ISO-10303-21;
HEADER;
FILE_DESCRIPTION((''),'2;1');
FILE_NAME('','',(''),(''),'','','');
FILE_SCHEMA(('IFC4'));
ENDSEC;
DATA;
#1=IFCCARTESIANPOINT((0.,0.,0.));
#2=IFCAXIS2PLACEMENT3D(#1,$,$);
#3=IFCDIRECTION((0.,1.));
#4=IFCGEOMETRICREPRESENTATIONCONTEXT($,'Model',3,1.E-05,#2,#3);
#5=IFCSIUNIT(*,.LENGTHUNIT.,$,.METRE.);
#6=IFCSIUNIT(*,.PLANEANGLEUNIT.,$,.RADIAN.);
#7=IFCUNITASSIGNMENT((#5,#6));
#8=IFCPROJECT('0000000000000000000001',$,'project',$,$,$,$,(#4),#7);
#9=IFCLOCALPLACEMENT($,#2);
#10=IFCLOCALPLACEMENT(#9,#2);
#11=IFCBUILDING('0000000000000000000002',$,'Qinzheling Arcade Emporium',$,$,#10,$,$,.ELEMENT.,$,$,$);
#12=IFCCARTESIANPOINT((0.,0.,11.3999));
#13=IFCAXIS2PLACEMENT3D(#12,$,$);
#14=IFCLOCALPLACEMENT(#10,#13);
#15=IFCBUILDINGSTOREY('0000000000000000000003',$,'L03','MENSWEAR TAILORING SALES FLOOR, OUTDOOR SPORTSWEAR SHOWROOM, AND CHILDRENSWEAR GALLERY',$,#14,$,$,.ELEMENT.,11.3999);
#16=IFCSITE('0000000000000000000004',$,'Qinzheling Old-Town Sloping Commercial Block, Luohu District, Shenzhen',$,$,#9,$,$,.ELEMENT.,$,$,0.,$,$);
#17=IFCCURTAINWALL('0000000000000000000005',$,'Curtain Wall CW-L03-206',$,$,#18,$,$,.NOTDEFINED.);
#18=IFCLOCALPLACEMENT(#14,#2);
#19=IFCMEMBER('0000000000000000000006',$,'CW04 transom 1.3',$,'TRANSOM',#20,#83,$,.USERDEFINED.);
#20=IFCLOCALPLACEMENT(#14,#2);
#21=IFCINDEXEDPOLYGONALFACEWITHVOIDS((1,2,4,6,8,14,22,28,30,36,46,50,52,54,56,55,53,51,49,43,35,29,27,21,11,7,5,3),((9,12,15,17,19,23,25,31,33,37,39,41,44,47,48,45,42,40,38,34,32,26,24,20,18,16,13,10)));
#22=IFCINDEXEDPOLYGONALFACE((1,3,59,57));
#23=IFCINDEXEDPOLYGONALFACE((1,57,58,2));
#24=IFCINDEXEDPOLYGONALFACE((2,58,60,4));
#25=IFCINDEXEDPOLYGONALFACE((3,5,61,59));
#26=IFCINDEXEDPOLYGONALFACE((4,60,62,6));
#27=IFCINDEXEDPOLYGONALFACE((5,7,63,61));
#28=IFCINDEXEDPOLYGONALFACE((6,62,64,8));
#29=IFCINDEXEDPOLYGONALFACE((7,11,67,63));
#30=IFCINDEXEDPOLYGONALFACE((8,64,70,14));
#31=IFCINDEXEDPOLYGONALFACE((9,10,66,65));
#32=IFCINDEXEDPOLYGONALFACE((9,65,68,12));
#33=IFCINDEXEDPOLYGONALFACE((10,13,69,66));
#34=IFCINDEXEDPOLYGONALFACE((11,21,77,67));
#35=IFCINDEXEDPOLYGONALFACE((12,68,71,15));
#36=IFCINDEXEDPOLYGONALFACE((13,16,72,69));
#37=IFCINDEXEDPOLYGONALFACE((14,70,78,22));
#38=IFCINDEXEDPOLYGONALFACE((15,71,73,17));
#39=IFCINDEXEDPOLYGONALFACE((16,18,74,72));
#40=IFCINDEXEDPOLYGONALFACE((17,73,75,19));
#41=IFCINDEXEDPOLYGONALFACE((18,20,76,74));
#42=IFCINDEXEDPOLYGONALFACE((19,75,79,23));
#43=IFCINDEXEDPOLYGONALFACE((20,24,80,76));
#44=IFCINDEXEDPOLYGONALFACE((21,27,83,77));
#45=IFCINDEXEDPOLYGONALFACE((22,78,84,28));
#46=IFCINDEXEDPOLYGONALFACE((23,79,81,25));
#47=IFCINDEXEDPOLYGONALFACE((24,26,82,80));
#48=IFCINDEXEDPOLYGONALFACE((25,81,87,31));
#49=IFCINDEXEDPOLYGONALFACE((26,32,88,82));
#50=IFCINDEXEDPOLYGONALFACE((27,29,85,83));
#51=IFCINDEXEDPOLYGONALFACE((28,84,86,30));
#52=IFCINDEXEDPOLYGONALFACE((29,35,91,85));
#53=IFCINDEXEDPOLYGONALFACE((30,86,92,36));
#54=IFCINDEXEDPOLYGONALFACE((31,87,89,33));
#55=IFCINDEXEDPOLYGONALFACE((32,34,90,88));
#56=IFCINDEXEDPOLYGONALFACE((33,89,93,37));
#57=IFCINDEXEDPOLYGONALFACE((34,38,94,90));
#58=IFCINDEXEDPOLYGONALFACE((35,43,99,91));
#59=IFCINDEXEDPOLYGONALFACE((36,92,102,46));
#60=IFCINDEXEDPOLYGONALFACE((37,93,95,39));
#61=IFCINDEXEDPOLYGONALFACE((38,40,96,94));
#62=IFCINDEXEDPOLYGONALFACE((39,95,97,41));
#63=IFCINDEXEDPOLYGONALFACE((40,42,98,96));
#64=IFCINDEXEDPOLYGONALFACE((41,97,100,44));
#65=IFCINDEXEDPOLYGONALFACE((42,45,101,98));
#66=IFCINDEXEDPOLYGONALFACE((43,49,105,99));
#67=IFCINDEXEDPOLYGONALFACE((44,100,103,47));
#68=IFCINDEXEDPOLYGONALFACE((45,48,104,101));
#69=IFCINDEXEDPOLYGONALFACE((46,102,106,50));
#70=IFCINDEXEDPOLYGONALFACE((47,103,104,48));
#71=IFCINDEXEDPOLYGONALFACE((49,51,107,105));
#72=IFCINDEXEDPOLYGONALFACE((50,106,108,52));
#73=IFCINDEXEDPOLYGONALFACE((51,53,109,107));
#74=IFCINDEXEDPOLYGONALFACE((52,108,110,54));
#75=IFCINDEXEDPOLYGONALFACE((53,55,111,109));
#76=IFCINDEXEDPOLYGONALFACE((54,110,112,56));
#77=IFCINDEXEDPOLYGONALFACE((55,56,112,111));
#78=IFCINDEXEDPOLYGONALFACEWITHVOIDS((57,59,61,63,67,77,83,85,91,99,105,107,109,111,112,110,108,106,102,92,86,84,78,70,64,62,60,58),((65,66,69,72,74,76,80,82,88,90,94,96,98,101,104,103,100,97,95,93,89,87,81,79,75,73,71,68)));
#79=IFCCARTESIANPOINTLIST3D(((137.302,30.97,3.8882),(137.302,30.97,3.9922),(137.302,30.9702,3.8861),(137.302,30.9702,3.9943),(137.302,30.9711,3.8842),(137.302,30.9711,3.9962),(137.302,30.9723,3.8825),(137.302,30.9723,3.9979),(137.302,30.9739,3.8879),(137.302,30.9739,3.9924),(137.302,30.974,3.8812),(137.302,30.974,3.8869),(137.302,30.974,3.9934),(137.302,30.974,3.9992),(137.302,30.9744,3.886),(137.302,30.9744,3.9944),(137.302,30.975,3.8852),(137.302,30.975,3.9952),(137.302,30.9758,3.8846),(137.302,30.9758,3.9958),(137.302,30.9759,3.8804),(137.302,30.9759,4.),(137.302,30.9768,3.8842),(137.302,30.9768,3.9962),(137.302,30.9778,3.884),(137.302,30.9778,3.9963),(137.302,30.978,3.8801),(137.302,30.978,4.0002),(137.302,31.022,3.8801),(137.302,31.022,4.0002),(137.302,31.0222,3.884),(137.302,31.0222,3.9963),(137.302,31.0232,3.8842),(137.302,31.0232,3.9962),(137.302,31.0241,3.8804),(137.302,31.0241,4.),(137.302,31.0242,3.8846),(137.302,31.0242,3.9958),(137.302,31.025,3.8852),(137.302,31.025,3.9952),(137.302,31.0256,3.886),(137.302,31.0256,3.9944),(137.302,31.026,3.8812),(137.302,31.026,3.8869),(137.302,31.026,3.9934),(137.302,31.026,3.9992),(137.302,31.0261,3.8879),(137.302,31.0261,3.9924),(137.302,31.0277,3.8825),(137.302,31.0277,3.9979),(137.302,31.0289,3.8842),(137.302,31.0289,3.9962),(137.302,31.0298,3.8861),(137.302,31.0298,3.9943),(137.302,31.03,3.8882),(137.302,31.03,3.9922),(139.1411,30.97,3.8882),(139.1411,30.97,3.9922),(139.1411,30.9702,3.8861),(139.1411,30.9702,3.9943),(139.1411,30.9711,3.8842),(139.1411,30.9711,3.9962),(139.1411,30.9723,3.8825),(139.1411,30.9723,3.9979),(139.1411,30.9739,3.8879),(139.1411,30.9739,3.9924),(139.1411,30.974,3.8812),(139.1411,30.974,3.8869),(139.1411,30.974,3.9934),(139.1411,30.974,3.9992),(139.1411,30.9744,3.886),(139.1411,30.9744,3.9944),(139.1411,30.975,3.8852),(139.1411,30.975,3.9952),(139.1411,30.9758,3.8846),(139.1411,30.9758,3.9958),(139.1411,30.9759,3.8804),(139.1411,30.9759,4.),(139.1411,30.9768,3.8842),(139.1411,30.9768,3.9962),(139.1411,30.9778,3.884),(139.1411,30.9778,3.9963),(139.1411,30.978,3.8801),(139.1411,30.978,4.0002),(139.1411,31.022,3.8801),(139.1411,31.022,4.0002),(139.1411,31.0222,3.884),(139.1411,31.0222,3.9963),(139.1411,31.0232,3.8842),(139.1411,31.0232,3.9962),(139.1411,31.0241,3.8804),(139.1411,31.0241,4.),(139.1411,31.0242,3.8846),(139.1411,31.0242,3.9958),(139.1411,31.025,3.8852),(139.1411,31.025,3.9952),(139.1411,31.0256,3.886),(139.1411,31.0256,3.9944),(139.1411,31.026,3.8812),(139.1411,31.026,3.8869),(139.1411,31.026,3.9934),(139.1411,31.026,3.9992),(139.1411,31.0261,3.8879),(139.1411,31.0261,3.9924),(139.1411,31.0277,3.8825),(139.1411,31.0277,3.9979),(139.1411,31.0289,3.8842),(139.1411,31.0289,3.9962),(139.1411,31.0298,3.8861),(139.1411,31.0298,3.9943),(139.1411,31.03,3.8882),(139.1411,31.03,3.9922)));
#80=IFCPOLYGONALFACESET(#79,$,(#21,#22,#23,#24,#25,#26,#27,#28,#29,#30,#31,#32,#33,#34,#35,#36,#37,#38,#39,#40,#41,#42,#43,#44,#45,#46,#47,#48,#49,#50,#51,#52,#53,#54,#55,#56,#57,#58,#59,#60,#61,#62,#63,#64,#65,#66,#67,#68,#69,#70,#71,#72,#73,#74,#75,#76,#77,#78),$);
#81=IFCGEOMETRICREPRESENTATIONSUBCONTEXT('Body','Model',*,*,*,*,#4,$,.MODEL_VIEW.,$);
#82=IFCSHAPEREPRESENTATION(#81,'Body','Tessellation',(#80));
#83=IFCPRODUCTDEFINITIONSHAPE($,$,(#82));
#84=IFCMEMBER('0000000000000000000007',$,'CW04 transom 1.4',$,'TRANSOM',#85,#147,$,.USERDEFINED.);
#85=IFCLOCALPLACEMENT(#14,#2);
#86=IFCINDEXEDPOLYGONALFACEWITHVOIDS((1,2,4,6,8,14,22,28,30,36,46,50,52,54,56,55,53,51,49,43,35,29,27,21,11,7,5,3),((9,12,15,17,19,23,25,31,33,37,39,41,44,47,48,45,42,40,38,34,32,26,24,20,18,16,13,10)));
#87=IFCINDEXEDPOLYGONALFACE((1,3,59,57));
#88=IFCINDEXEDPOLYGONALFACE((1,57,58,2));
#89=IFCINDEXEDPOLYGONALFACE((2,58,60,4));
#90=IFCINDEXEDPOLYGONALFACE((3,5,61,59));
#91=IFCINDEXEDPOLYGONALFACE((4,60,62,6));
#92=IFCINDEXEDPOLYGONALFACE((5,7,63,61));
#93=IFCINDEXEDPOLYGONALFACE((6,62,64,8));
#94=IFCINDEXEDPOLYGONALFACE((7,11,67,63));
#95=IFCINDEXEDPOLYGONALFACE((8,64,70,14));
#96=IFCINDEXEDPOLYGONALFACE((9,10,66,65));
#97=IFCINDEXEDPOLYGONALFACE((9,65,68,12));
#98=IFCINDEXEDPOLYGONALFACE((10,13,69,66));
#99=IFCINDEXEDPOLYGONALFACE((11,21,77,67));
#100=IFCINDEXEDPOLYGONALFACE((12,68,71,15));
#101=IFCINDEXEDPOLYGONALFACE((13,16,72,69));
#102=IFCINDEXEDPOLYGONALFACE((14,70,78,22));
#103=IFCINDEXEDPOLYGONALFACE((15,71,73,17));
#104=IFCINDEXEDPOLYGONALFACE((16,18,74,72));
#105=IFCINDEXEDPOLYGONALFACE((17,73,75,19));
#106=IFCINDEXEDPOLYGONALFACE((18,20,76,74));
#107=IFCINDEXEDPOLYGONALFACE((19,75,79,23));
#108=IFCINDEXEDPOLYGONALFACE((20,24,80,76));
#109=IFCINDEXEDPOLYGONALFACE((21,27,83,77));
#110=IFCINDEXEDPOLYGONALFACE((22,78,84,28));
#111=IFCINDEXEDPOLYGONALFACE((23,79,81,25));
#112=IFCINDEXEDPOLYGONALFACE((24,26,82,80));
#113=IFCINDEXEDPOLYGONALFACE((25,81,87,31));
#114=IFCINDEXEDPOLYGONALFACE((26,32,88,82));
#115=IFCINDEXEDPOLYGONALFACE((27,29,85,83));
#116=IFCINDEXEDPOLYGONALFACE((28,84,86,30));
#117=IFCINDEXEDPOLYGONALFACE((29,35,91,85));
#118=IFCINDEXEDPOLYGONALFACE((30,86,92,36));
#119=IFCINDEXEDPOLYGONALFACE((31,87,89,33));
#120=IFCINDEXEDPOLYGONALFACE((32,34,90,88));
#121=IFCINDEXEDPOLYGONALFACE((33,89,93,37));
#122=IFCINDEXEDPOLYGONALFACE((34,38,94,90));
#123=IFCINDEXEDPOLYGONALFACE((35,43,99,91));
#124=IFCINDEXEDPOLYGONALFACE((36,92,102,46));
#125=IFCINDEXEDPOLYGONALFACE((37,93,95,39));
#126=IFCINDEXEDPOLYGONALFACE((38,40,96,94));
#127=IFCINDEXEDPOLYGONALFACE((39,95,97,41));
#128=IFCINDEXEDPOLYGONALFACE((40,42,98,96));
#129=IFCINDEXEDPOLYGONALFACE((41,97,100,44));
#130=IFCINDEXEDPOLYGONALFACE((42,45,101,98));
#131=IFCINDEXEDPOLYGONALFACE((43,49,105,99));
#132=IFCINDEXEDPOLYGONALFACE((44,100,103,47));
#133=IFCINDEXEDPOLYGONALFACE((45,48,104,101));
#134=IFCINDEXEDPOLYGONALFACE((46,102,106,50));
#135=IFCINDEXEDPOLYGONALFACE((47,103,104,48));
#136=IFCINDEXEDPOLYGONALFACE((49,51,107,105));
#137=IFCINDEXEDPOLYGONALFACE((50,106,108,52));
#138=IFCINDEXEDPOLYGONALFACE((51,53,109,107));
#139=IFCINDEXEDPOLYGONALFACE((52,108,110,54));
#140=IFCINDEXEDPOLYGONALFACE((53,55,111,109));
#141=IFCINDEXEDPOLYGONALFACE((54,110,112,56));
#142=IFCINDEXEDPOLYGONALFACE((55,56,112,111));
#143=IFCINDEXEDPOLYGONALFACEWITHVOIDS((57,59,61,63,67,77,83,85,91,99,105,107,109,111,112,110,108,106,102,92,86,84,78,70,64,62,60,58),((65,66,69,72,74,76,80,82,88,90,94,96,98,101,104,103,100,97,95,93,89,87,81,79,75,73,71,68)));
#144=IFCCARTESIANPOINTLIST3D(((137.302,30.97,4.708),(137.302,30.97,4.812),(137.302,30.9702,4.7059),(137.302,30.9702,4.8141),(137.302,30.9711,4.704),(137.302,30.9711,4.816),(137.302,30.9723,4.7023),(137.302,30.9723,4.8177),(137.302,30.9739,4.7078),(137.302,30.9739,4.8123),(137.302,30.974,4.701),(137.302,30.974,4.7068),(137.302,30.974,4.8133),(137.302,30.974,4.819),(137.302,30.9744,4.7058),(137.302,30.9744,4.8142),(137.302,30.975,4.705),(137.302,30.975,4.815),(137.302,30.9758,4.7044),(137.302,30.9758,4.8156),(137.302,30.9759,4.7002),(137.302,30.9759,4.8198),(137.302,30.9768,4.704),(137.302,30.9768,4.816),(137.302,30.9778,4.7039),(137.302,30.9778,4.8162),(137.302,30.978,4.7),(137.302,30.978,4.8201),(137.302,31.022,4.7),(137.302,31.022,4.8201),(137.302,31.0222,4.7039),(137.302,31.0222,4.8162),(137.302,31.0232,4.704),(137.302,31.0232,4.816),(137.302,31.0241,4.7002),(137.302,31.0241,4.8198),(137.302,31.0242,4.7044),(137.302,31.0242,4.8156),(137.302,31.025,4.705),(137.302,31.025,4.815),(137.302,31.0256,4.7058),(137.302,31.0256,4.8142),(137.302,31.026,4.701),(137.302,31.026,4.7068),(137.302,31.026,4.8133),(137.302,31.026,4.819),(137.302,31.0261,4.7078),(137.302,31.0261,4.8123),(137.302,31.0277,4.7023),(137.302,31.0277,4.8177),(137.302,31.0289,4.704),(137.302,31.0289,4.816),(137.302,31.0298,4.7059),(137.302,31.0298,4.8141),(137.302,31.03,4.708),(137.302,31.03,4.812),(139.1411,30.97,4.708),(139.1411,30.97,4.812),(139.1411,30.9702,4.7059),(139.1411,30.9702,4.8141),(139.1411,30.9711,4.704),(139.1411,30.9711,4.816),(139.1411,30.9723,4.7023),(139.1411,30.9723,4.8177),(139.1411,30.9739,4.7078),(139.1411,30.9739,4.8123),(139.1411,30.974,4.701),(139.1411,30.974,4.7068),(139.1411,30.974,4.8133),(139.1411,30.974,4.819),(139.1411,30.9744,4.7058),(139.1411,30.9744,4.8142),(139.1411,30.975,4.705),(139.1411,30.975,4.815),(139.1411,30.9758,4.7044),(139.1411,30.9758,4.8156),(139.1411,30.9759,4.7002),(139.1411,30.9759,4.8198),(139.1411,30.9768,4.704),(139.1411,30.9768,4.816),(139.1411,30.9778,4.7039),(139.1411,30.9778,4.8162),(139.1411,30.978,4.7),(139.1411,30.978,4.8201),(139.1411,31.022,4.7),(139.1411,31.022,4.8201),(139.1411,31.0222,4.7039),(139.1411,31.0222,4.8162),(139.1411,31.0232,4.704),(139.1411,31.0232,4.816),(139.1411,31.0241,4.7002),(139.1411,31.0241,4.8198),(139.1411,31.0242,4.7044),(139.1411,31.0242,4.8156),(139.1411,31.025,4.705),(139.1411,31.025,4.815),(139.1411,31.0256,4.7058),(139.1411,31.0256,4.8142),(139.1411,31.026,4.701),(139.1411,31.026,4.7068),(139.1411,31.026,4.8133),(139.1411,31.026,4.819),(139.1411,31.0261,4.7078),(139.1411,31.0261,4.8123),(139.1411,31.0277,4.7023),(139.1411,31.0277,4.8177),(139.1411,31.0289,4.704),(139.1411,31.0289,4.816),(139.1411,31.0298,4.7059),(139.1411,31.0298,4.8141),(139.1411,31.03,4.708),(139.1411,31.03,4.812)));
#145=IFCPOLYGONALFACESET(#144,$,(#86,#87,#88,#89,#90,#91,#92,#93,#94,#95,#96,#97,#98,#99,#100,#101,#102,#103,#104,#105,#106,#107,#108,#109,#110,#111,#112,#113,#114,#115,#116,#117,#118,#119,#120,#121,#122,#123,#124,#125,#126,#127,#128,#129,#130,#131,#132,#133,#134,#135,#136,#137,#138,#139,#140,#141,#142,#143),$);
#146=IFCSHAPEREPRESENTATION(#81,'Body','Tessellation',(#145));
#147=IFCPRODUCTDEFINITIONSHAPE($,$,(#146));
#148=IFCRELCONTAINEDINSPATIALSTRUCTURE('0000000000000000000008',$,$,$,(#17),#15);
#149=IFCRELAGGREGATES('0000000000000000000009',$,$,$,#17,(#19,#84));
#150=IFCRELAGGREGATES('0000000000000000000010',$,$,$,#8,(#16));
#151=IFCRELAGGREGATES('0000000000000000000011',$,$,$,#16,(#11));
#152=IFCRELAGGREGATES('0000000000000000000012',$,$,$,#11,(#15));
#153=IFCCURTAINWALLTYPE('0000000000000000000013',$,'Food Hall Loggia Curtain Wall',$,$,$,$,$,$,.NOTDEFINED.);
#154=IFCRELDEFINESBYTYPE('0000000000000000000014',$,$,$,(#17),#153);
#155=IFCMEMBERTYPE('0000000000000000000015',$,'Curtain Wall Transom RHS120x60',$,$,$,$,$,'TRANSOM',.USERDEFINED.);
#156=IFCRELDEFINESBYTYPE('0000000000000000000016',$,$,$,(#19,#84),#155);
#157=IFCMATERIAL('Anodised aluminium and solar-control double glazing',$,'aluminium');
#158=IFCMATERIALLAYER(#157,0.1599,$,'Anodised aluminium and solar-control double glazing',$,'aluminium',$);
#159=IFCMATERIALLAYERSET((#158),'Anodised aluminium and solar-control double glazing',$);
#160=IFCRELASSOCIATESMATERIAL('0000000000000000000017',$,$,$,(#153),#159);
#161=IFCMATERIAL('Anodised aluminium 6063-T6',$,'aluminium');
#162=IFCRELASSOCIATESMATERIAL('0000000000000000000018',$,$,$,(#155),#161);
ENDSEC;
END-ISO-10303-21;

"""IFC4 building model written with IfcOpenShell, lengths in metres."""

from ifc_helpers import new_model, si_unit, direction, frame, origin, origin_2d, place, context, subcontext, project, spatial, hollow_rectangle, extrude, material, layer, layer_set, material_profile, profile_set, type_object, element, aggregate, save


model = new_model("IFC4")

# Units and contexts
model_context = context("Model", 3, precision=1e-05, world=origin(), true_north=direction((0.0, 1.0)))
body_context = subcontext(model_context, "Body", "Model", "MODEL_VIEW")
ifc_project = project(units=[si_unit("LENGTHUNIT", "METRE"), si_unit("PLANEANGLEUNIT", "RADIAN")], contexts=[model_context])

# Site, building, storey
site_placement = place(None, origin())
site = spatial("IfcSite", under=ifc_project, at=site_placement, Name="Qinzheling Old-Town Sloping Commercial Block, Luohu District, Shenzhen", CompositionType="ELEMENT", RefElevation=0.0)
building_placement = place(site_placement, origin())
building = spatial("IfcBuilding", under=site, at=building_placement, Name="Qinzheling Arcade Emporium", CompositionType="ELEMENT")
storey_placement = place(building_placement, frame((0.0, 0.0, 11.3999)))
storey = spatial("IfcBuildingStorey", under=building, at=storey_placement, Name="L03", Description="MENSWEAR TAILORING SALES FLOOR, OUTDOOR SPORTSWEAR SHOWROOM, AND CHILDRENSWEAR GALLERY", CompositionType="ELEMENT", Elevation=11.3999)

# Curtain wall, members
ifc_material_1 = material(Name="Anodised aluminium and solar-control double glazing", Category="aluminium")
ifc_layer_1 = layer(ifc_material_1, 0.1599, Name="Anodised aluminium and solar-control double glazing", Category="aluminium")
ifc_layer_set_1 = layer_set([ifc_layer_1], Name="Anodised aluminium and solar-control double glazing")
curtain_wall_type = type_object("IfcCurtainWallType", Name="Food Hall Loggia Curtain Wall", PredefinedType="NOTDEFINED", material=ifc_layer_set_1)
curtain_wall_placement = place(storey_placement, origin())
curtain_wall = element("IfcCurtainWall", 1, at=curtain_wall_placement, inside=storey, type_object=curtain_wall_type, Name="Curtain Wall CW-L03-206", PredefinedType="NOTDEFINED")
ifc_material_2 = material(Name="Anodised aluminium 6063-T6", Category="aluminium")
ifc_material_profile_1 = material_profile(ifc_material_2, hollow_rectangle(XDim=0.0601, YDim=0.1201, WallThickness=0.0039, InnerFilletRadius=0.0039, OuterFilletRadius=0.0081, at=origin_2d()), Name="RHS 120x60x4", Category="aluminium")
ifc_profile_set_1 = profile_set([ifc_material_profile_1], Name="Anodised aluminium 6063-T6")
member_type_1 = type_object("IfcMemberType", Name="Curtain Wall Transom RHS120x60", ElementType="TRANSOM", PredefinedType="USERDEFINED", material=ifc_profile_set_1)
member_1_placement = place(storey_placement, frame((137.302, 31.0, 3.9402), z_axis=(1.0, 0.0, 0.0), x_axis=(0.0, 1.0, 0.0)))
member_1 = element("IfcMember", 2, at=member_1_placement, type_object=member_type_1, Name="CW04 transom 1.3", ObjectType="TRANSOM", PredefinedType="USERDEFINED", context=body_context, shape_type="SweptSolid", body=[
    extrude(hollow_rectangle(XDim=0.0601, YDim=0.1201, WallThickness=0.0039, InnerFilletRadius=0.0039, OuterFilletRadius=0.0081, at=origin_2d()), origin(), (0.0, 0.0, 1.0), 1.8391),
])
member_2_placement = place(storey_placement, frame((137.302, 31.0, 4.76), z_axis=(1.0, 0.0, 0.0), x_axis=(0.0, 1.0, 0.0)))
member_2 = element("IfcMember", 3, at=member_2_placement, type_object=member_type_1, Name="CW04 transom 1.4", ObjectType="TRANSOM", PredefinedType="USERDEFINED", context=body_context, shape_type="SweptSolid", body=[
    extrude(hollow_rectangle(XDim=0.0601, YDim=0.1201, WallThickness=0.0039, InnerFilletRadius=0.0039, OuterFilletRadius=0.0081, at=origin_2d()), origin(), (0.0, 0.0, 1.0), 1.8391),
])

aggregate(curtain_wall, [member_1, member_2])

save(model, "model.ifc")
